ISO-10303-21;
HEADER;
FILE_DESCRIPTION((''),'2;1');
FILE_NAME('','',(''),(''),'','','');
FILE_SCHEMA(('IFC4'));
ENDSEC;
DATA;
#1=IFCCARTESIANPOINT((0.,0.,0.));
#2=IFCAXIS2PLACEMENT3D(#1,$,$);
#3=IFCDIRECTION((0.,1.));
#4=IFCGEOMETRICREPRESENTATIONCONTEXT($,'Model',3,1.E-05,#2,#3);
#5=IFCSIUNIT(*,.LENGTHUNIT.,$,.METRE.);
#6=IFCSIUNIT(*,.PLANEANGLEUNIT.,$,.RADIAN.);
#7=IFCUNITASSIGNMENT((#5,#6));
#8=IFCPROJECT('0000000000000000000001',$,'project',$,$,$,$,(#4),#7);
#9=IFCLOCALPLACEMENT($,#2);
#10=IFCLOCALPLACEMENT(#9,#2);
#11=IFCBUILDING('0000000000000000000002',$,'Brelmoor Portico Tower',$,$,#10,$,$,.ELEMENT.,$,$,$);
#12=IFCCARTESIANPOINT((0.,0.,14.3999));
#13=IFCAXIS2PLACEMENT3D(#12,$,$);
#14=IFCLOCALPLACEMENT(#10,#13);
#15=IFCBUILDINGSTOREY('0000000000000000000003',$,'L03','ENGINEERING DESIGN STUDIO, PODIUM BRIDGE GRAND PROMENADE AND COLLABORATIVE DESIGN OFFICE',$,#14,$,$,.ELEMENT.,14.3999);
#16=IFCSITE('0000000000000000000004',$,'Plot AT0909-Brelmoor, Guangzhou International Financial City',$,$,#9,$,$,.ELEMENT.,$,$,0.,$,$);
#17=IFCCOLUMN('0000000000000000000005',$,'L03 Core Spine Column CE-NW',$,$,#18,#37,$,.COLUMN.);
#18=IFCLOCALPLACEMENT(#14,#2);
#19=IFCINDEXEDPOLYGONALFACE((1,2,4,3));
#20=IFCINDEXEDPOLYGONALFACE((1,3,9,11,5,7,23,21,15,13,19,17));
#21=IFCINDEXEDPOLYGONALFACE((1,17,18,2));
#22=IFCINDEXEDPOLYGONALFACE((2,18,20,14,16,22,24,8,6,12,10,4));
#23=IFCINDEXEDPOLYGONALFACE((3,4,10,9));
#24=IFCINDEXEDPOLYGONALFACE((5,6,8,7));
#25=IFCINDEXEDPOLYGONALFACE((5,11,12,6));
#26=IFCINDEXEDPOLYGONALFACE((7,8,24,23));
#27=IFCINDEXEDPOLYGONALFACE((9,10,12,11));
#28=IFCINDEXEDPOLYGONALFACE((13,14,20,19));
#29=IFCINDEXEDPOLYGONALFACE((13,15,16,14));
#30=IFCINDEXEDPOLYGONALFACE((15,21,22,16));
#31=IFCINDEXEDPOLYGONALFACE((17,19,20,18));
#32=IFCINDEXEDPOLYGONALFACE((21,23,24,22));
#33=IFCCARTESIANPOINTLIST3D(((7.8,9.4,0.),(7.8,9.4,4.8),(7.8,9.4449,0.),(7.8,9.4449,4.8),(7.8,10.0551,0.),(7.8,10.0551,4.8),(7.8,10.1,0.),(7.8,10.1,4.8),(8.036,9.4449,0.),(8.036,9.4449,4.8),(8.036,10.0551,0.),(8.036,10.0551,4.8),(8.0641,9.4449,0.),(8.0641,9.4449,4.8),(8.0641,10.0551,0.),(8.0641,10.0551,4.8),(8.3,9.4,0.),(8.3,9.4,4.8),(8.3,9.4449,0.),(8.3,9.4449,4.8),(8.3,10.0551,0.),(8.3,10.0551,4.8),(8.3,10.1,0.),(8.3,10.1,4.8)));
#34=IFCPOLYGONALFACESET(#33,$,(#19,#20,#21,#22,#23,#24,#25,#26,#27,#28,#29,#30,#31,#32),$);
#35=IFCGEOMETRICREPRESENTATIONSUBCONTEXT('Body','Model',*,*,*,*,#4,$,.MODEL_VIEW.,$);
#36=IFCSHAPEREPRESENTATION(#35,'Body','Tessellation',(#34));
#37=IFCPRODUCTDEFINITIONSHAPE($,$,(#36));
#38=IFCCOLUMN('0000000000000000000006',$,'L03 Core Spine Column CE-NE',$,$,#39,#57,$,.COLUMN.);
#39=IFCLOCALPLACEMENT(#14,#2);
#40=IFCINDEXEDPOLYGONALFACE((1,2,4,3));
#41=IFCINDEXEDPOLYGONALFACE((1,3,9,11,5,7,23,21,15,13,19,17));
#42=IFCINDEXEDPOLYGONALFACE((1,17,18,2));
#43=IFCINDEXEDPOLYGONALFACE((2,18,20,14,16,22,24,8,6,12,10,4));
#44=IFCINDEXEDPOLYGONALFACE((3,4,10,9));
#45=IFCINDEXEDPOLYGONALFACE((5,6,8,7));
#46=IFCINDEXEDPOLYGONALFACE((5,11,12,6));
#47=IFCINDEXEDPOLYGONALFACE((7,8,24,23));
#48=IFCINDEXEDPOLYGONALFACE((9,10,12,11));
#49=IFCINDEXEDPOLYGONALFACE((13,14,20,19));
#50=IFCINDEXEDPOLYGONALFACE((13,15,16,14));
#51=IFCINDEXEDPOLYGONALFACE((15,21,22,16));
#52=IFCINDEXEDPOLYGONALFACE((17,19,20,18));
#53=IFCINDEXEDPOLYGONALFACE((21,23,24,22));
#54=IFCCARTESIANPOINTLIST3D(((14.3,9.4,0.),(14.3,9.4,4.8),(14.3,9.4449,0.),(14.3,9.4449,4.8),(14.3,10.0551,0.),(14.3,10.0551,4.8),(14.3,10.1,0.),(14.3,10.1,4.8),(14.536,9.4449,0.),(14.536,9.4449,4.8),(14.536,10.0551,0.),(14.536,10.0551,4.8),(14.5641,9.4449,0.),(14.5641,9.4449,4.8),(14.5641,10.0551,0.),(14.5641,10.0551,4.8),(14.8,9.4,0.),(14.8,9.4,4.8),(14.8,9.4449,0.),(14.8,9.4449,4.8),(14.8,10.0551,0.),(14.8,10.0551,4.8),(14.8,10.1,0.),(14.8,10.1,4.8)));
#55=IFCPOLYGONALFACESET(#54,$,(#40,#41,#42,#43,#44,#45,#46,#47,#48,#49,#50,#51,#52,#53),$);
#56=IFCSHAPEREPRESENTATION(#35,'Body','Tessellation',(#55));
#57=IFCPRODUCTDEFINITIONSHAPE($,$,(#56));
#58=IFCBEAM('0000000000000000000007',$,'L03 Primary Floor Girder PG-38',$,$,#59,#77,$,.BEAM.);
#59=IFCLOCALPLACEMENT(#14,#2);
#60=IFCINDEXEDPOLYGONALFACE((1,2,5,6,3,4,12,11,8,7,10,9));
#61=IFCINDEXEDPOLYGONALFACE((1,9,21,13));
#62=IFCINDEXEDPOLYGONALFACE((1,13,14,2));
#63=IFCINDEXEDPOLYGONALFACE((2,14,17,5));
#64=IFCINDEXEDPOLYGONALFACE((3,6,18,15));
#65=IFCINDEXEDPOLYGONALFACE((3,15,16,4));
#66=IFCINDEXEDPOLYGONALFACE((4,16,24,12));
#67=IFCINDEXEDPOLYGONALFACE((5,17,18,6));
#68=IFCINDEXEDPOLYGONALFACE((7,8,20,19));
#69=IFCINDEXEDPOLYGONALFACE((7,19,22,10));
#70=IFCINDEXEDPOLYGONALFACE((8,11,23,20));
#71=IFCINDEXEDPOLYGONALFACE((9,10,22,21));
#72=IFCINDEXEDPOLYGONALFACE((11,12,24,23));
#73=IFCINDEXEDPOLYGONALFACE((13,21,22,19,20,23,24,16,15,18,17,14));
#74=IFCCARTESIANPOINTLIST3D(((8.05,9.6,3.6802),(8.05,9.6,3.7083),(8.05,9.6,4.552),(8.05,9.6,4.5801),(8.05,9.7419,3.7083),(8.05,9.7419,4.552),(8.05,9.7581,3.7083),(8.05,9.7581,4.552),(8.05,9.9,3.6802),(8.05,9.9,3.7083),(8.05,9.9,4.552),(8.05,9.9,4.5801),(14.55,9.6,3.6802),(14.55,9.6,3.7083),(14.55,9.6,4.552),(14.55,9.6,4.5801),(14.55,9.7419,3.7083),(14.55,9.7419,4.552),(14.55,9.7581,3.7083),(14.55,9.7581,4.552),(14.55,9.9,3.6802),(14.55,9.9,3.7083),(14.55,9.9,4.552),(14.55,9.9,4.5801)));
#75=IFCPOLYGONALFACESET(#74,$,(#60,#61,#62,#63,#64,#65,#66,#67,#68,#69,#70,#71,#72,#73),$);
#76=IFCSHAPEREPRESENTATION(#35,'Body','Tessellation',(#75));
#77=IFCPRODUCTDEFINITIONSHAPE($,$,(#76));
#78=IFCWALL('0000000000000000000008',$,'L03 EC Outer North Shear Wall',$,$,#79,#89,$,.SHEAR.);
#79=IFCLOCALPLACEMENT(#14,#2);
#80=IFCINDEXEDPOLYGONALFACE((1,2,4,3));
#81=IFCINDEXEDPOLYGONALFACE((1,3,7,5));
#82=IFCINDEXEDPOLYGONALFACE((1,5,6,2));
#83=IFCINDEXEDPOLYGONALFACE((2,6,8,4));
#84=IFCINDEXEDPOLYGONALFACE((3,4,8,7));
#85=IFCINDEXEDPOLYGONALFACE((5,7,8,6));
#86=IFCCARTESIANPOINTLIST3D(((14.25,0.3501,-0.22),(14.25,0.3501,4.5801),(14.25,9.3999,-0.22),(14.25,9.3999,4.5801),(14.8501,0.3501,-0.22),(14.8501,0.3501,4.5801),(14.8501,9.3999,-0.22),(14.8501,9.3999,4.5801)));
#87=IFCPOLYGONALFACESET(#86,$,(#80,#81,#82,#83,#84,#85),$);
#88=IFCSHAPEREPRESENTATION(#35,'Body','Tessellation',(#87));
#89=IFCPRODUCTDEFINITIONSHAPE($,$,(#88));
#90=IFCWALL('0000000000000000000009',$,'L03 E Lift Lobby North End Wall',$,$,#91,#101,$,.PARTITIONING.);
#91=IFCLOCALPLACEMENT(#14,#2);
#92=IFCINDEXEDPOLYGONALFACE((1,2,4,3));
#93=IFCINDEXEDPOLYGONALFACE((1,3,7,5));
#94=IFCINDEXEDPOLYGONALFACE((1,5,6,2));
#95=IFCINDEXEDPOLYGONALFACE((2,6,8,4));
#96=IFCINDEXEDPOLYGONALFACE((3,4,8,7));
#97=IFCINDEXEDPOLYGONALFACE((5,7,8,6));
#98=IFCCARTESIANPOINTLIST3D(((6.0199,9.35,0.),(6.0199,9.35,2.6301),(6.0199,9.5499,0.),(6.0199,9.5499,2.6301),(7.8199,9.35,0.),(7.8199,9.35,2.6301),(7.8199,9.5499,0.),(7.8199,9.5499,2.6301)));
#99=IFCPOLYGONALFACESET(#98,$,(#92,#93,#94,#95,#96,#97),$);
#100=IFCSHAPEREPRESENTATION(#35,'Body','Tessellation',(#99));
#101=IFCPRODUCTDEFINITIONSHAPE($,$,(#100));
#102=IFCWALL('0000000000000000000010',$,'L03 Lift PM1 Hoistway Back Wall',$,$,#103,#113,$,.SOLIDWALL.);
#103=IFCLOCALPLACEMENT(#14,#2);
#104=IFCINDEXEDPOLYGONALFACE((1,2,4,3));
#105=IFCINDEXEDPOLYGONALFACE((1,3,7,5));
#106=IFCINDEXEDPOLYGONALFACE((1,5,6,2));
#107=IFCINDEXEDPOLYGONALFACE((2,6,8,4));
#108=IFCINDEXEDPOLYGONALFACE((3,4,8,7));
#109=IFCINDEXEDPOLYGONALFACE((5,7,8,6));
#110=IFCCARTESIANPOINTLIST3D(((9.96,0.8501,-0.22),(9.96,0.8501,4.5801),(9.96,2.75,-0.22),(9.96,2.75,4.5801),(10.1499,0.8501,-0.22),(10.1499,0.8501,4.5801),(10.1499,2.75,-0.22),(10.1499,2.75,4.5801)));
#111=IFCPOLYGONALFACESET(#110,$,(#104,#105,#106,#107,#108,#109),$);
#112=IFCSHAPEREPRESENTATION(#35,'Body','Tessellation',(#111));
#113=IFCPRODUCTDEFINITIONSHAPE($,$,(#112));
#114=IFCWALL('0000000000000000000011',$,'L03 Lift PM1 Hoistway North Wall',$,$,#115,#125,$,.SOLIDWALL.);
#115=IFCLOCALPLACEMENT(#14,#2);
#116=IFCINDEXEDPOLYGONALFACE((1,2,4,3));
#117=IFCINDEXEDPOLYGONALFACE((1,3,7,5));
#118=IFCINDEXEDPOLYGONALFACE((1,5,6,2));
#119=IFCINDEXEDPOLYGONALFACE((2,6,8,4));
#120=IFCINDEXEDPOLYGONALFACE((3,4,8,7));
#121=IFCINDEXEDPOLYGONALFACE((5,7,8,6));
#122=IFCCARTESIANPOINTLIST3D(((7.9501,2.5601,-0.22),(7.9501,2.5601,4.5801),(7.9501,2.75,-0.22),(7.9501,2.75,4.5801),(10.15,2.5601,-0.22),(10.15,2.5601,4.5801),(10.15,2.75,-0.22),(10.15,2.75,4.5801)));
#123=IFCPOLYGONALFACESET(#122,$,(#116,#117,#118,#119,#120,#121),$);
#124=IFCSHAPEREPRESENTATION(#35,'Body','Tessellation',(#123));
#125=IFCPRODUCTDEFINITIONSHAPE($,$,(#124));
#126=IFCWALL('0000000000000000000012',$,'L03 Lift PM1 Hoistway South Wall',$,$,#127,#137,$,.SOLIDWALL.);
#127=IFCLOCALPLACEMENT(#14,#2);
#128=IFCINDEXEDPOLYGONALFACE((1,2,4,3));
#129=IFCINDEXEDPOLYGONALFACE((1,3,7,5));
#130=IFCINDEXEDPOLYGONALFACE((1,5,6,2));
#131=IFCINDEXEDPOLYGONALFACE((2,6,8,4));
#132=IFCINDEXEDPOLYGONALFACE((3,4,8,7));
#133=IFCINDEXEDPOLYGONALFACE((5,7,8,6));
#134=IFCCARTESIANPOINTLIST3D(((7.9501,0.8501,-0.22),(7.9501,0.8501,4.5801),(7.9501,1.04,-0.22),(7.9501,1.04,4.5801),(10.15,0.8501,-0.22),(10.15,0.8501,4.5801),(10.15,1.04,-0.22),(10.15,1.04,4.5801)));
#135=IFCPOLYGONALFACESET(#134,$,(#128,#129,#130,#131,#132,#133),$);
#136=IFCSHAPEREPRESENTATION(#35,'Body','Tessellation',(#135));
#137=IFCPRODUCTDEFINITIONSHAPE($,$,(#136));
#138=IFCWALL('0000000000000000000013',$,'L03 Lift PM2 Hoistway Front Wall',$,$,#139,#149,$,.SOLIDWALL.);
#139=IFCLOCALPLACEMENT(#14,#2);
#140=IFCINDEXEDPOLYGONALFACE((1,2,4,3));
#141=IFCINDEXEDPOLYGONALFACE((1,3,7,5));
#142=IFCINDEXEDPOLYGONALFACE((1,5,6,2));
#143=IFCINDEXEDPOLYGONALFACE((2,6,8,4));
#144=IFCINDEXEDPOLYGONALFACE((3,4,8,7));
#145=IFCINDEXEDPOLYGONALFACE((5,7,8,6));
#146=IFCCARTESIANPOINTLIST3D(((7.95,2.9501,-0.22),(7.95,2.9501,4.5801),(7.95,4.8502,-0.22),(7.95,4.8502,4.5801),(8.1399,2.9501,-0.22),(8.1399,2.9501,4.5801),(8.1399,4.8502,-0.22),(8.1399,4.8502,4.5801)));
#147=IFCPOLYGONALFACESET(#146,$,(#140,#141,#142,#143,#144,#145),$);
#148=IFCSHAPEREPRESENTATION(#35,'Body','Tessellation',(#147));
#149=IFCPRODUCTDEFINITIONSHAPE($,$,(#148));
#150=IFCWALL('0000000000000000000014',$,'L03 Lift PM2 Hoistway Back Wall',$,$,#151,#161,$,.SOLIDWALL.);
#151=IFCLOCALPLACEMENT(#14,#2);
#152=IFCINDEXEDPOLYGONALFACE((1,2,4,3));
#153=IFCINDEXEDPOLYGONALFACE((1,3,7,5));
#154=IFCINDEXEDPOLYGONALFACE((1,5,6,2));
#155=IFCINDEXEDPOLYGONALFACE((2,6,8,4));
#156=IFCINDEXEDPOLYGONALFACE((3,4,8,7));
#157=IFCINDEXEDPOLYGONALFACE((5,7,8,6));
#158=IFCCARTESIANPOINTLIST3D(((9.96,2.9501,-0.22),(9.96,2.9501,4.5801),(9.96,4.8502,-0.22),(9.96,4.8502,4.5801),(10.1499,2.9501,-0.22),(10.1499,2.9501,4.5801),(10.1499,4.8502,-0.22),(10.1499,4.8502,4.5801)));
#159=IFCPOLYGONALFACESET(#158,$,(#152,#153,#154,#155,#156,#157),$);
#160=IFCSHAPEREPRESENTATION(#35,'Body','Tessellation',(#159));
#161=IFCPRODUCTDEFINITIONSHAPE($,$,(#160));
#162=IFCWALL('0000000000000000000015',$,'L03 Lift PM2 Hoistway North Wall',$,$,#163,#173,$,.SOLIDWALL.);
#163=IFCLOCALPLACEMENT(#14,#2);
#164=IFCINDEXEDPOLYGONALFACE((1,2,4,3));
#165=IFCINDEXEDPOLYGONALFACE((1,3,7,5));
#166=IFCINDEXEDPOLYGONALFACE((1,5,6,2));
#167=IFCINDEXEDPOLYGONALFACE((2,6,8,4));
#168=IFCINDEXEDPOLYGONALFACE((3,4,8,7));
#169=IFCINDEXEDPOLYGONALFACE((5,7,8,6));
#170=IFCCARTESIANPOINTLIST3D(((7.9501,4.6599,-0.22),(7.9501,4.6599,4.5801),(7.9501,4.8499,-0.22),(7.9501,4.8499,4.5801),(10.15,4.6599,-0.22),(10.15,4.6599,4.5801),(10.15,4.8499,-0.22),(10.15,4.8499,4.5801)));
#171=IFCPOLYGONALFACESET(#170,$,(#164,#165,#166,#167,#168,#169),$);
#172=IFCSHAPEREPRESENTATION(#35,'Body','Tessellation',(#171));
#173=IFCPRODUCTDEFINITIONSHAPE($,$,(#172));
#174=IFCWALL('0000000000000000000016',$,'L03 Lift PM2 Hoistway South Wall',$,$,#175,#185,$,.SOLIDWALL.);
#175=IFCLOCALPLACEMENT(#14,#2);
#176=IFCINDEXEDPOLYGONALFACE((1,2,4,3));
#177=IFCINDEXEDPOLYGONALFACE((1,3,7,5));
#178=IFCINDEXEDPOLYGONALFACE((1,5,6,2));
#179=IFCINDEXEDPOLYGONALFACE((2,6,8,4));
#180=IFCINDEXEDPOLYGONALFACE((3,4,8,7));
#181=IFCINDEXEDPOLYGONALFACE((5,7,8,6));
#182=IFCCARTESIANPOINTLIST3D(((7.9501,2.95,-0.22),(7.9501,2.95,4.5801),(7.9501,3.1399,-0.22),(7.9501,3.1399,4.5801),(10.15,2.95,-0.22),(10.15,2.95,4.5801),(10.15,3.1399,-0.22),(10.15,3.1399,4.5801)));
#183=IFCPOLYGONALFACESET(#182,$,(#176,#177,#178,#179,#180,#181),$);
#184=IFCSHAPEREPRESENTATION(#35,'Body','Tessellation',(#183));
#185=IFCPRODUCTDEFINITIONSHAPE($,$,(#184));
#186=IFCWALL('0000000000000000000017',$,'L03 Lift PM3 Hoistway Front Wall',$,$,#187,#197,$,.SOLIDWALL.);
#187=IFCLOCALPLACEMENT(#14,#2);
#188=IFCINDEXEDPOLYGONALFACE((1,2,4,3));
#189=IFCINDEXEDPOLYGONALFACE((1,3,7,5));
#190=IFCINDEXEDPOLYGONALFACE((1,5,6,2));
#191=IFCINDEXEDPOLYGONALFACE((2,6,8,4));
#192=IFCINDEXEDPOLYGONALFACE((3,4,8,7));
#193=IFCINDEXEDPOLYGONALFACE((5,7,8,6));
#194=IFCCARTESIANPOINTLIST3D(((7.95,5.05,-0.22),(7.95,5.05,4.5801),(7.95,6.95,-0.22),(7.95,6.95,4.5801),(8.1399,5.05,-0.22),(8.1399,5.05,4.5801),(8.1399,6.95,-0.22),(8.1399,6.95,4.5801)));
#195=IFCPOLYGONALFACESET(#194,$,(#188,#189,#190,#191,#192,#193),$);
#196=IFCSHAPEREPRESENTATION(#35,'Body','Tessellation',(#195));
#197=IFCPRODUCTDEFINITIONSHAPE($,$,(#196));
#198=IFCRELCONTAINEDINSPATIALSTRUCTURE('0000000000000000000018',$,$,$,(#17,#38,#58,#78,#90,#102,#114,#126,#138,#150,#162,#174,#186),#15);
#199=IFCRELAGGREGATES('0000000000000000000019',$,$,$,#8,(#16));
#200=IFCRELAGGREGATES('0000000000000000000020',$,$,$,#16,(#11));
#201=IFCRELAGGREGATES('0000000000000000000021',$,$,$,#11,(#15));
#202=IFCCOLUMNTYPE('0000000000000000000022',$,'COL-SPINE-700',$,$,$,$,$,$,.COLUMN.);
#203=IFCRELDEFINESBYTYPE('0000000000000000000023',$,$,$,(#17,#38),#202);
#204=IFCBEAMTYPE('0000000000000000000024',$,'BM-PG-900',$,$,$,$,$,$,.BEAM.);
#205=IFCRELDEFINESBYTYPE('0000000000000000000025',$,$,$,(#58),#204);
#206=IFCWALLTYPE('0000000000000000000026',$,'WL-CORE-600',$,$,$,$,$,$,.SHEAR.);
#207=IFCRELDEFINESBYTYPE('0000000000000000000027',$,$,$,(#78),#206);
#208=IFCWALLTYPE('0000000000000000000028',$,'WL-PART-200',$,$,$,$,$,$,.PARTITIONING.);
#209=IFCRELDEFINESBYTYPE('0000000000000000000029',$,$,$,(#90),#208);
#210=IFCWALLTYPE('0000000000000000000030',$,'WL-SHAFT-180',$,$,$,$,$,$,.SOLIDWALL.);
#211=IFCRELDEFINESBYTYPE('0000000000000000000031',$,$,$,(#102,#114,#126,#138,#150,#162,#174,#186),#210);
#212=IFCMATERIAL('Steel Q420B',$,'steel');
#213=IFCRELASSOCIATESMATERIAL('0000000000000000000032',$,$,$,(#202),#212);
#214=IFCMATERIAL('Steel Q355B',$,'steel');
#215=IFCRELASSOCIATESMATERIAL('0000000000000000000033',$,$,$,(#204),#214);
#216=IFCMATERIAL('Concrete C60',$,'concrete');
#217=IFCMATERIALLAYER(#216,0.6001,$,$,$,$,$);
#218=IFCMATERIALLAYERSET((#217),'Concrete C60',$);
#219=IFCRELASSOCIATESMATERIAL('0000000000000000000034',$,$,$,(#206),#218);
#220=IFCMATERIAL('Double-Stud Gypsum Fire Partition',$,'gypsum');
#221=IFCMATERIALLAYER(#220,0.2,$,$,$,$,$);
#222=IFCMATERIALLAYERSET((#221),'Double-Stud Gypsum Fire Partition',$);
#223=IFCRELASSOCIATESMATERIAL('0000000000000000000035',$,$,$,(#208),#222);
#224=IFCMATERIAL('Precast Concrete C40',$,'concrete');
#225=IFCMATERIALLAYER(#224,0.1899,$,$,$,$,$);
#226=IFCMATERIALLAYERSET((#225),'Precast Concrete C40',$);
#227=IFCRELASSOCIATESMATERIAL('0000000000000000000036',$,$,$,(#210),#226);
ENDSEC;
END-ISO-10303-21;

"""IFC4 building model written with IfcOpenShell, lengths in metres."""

from ifc_helpers import new_model, si_unit, direction, frame, frame_2d, origin, origin_2d, place, context, subcontext, project, spatial, rectangle, i_section, extrude, material, layer, layer_set, material_profile, profile_set, type_object, element, save


model = new_model("IFC4")

# Units and contexts
model_context = context("Model", 3, precision=1e-05, world=origin(), true_north=direction((0.0, 1.0)))
body_context = subcontext(model_context, "Body", "Model", "MODEL_VIEW")
ifc_project = project(units=[si_unit("LENGTHUNIT", "METRE"), si_unit("PLANEANGLEUNIT", "RADIAN")], contexts=[model_context])

# Site, building, storey
site_placement = place(None, origin())
site = spatial("IfcSite", under=ifc_project, at=site_placement, Name="Plot AT0909-Brelmoor, Guangzhou International Financial City", CompositionType="ELEMENT", RefElevation=0.0)
building_placement = place(site_placement, origin())
building = spatial("IfcBuilding", under=site, at=building_placement, Name="Brelmoor Portico Tower", CompositionType="ELEMENT")
storey_placement = place(building_placement, frame((0.0, 0.0, 14.3999)))
storey = spatial("IfcBuildingStorey", under=building, at=storey_placement, Name="L03", Description="ENGINEERING DESIGN STUDIO, PODIUM BRIDGE GRAND PROMENADE AND COLLABORATIVE DESIGN OFFICE", CompositionType="ELEMENT", Elevation=14.3999)

# Columns
ifc_material_1 = material(Name="Steel Q420B", Category="steel")
ifc_material_profile_1 = material_profile(ifc_material_1, i_section(OverallWidth=0.5, OverallDepth=0.7, WebThickness=0.0281, FlangeThickness=0.0449, at=origin_2d()), Name="HW 700x500x28x45")
ifc_profile_set_1 = profile_set([ifc_material_profile_1], Name="Steel Q420B")
column_type = type_object("IfcColumnType", Name="COL-SPINE-700", PredefinedType="COLUMN", material=ifc_profile_set_1)
for number, where, z_axis, x_axis, name in (
    (1, (8.05, 9.75, 0.0), (0.0, 0.0, 1.0), (1.0, 0.0, 0.0), "L03 Core Spine Column CE-NW"),
    (2, (14.55, 9.75, 0.0), (0.0, 0.0, 1.0), (1.0, 0.0, 0.0), "L03 Core Spine Column CE-NE"),
):
    element("IfcColumn", number, at=place(storey_placement, frame(where, z_axis=z_axis, x_axis=x_axis)), inside=storey, type_object=column_type, Name=name, PredefinedType="COLUMN", context=body_context, shape_type="SweptSolid", body=[
        extrude(i_section(OverallWidth=0.5, OverallDepth=0.7, WebThickness=0.0281, FlangeThickness=0.0449, at=origin_2d()), origin(), (0.0, 0.0, 1.0), 4.8),
    ])

# Beam
ifc_material_2 = material(Name="Steel Q355B", Category="steel")
ifc_material_profile_2 = material_profile(ifc_material_2, i_section(OverallWidth=0.3, OverallDepth=0.8999, WebThickness=0.0161, FlangeThickness=0.0281, at=origin_2d()), Name="HN 900x300x16x28")
ifc_profile_set_2 = profile_set([ifc_material_profile_2], Name="Steel Q355B")
beam_type = type_object("IfcBeamType", Name="BM-PG-900", PredefinedType="BEAM", material=ifc_profile_set_2)
beam_placement = place(storey_placement, frame((8.05, 9.75, 4.1301), z_axis=(1.0, 0.0, 0.0), x_axis=(0.0, 1.0, 0.0)))
element("IfcBeam", 3, at=beam_placement, inside=storey, type_object=beam_type, Name="L03 Primary Floor Girder PG-38", PredefinedType="BEAM", context=body_context, shape_type="SweptSolid", body=[
    extrude(i_section(OverallWidth=0.3, OverallDepth=0.8999, WebThickness=0.0161, FlangeThickness=0.0281, at=origin_2d()), origin(), (0.0, 0.0, 1.0), 6.5),
])

# Walls
ifc_material_3 = material(Name="Concrete C60", Category="concrete")
ifc_layer_1 = layer(ifc_material_3, 0.6001)
ifc_layer_set_1 = layer_set([ifc_layer_1], Name="Concrete C60")
wall_type_1 = type_object("IfcWallType", Name="WL-CORE-600", PredefinedType="SHEAR", material=ifc_layer_set_1)
wall_1_placement = place(storey_placement, frame((14.55, 0.3501, -0.22), z_axis=(0.0, 0.0, 1.0), x_axis=(0.0, 1.0, 0.0)))
element("IfcWall", 4, at=wall_1_placement, inside=storey, type_object=wall_type_1, Name="L03 EC Outer North Shear Wall", PredefinedType="SHEAR", context=body_context, shape_type="SweptSolid", body=[
    extrude(rectangle(XDim=9.0498, YDim=0.6001, at=frame_2d((4.5249, 0.0))), origin(), (0.0, 0.0, 1.0), 4.8),
])
ifc_material_4 = material(Name="Double-Stud Gypsum Fire Partition", Category="gypsum")
ifc_layer_2 = layer(ifc_material_4, 0.2)
ifc_layer_set_2 = layer_set([ifc_layer_2], Name="Double-Stud Gypsum Fire Partition")
wall_type_2 = type_object("IfcWallType", Name="WL-PART-200", PredefinedType="PARTITIONING", material=ifc_layer_set_2)
wall_2_placement = place(storey_placement, frame((6.02, 9.45, 0.0), z_axis=(0.0, 0.0, 1.0), x_axis=(1.0, 0.0, 0.0)))
element("IfcWall", 5, at=wall_2_placement, inside=storey, type_object=wall_type_2, Name="L03 E Lift Lobby North End Wall", PredefinedType="PARTITIONING", context=body_context, shape_type="SweptSolid", body=[
    extrude(rectangle(XDim=1.8, YDim=0.2, at=frame_2d((0.8999, 0.0))), origin(), (0.0, 0.0, 1.0), 2.6301),
])
ifc_material_5 = material(Name="Precast Concrete C40", Category="concrete")
ifc_layer_3 = layer(ifc_material_5, 0.1899)
ifc_layer_set_3 = layer_set([ifc_layer_3], Name="Precast Concrete C40")
wall_type_3 = type_object("IfcWallType", Name="WL-SHAFT-180", PredefinedType="SOLIDWALL", material=ifc_layer_set_3)
wall_3_placement = place(storey_placement, frame((10.0549, 0.8501, -0.22), z_axis=(0.0, 0.0, 1.0), x_axis=(0.0, 1.0, 0.0)))
element("IfcWall", 6, at=wall_3_placement, inside=storey, type_object=wall_type_3, Name="L03 Lift PM1 Hoistway Back Wall", PredefinedType="SOLIDWALL", context=body_context, shape_type="SweptSolid", body=[
    extrude(rectangle(XDim=1.8999, YDim=0.1899, at=frame_2d((0.95, 0.0))), origin(), (0.0, 0.0, 1.0), 4.8),
])
for number, where, z_axis, x_axis, name in (
    (7, (7.95, 2.655, -0.22), (0.0, 0.0, 1.0), (1.0, 0.0, 0.0), "L03 Lift PM1 Hoistway North Wall"),
    (8, (7.95, 0.9451, -0.22), (0.0, 0.0, 1.0), (1.0, 0.0, 0.0), "L03 Lift PM1 Hoistway South Wall"),
):
    element("IfcWall", number, at=place(storey_placement, frame(where, z_axis=z_axis, x_axis=x_axis)), inside=storey, type_object=wall_type_3, Name=name, PredefinedType="SOLIDWALL", context=body_context, shape_type="SweptSolid", body=[
        extrude(rectangle(XDim=2.2, YDim=0.1899, at=frame_2d((1.1001, 0.0))), origin(), (0.0, 0.0, 1.0), 4.8),
    ])
for number, where, z_axis, x_axis, name in (
    (9, (8.0449, 2.95, -0.22), (0.0, 0.0, 1.0), (0.0, 1.0, 0.0), "L03 Lift PM2 Hoistway Front Wall"),
    (10, (10.0549, 2.95, -0.22), (0.0, 0.0, 1.0), (0.0, 1.0, 0.0), "L03 Lift PM2 Hoistway Back Wall"),
):
    element("IfcWall", number, at=place(storey_placement, frame(where, z_axis=z_axis, x_axis=x_axis)), inside=storey, type_object=wall_type_3, Name=name, PredefinedType="SOLIDWALL", context=body_context, shape_type="SweptSolid", body=[
        extrude(rectangle(XDim=1.9001, YDim=0.1899, at=frame_2d((0.9502, 0.0))), origin(), (0.0, 0.0, 1.0), 4.8),
    ])
for number, where, z_axis, x_axis, name in (
    (11, (7.95, 4.7549, -0.22), (0.0, 0.0, 1.0), (1.0, 0.0, 0.0), "L03 Lift PM2 Hoistway North Wall"),
    (12, (7.95, 3.0449, -0.22), (0.0, 0.0, 1.0), (1.0, 0.0, 0.0), "L03 Lift PM2 Hoistway South Wall"),
):
    element("IfcWall", number, at=place(storey_placement, frame(where, z_axis=z_axis, x_axis=x_axis)), inside=storey, type_object=wall_type_3, Name=name, PredefinedType="SOLIDWALL", context=body_context, shape_type="SweptSolid", body=[
        extrude(rectangle(XDim=2.2, YDim=0.1899, at=frame_2d((1.1001, 0.0))), origin(), (0.0, 0.0, 1.0), 4.8),
    ])
for number, where, z_axis, x_axis, name in (
    (13, (8.0449, 5.05, -0.22), (0.0, 0.0, 1.0), (0.0, 1.0, 0.0), "L03 Lift PM3 Hoistway Front Wall"),
):
    element("IfcWall", number, at=place(storey_placement, frame(where, z_axis=z_axis, x_axis=x_axis)), inside=storey, type_object=wall_type_3, Name=name, PredefinedType="SOLIDWALL", context=body_context, shape_type="SweptSolid", body=[
        extrude(rectangle(XDim=1.8999, YDim=0.1899, at=frame_2d((0.95, 0.0))), origin(), (0.0, 0.0, 1.0), 4.8),
    ])

save(model, "model.ifc")
